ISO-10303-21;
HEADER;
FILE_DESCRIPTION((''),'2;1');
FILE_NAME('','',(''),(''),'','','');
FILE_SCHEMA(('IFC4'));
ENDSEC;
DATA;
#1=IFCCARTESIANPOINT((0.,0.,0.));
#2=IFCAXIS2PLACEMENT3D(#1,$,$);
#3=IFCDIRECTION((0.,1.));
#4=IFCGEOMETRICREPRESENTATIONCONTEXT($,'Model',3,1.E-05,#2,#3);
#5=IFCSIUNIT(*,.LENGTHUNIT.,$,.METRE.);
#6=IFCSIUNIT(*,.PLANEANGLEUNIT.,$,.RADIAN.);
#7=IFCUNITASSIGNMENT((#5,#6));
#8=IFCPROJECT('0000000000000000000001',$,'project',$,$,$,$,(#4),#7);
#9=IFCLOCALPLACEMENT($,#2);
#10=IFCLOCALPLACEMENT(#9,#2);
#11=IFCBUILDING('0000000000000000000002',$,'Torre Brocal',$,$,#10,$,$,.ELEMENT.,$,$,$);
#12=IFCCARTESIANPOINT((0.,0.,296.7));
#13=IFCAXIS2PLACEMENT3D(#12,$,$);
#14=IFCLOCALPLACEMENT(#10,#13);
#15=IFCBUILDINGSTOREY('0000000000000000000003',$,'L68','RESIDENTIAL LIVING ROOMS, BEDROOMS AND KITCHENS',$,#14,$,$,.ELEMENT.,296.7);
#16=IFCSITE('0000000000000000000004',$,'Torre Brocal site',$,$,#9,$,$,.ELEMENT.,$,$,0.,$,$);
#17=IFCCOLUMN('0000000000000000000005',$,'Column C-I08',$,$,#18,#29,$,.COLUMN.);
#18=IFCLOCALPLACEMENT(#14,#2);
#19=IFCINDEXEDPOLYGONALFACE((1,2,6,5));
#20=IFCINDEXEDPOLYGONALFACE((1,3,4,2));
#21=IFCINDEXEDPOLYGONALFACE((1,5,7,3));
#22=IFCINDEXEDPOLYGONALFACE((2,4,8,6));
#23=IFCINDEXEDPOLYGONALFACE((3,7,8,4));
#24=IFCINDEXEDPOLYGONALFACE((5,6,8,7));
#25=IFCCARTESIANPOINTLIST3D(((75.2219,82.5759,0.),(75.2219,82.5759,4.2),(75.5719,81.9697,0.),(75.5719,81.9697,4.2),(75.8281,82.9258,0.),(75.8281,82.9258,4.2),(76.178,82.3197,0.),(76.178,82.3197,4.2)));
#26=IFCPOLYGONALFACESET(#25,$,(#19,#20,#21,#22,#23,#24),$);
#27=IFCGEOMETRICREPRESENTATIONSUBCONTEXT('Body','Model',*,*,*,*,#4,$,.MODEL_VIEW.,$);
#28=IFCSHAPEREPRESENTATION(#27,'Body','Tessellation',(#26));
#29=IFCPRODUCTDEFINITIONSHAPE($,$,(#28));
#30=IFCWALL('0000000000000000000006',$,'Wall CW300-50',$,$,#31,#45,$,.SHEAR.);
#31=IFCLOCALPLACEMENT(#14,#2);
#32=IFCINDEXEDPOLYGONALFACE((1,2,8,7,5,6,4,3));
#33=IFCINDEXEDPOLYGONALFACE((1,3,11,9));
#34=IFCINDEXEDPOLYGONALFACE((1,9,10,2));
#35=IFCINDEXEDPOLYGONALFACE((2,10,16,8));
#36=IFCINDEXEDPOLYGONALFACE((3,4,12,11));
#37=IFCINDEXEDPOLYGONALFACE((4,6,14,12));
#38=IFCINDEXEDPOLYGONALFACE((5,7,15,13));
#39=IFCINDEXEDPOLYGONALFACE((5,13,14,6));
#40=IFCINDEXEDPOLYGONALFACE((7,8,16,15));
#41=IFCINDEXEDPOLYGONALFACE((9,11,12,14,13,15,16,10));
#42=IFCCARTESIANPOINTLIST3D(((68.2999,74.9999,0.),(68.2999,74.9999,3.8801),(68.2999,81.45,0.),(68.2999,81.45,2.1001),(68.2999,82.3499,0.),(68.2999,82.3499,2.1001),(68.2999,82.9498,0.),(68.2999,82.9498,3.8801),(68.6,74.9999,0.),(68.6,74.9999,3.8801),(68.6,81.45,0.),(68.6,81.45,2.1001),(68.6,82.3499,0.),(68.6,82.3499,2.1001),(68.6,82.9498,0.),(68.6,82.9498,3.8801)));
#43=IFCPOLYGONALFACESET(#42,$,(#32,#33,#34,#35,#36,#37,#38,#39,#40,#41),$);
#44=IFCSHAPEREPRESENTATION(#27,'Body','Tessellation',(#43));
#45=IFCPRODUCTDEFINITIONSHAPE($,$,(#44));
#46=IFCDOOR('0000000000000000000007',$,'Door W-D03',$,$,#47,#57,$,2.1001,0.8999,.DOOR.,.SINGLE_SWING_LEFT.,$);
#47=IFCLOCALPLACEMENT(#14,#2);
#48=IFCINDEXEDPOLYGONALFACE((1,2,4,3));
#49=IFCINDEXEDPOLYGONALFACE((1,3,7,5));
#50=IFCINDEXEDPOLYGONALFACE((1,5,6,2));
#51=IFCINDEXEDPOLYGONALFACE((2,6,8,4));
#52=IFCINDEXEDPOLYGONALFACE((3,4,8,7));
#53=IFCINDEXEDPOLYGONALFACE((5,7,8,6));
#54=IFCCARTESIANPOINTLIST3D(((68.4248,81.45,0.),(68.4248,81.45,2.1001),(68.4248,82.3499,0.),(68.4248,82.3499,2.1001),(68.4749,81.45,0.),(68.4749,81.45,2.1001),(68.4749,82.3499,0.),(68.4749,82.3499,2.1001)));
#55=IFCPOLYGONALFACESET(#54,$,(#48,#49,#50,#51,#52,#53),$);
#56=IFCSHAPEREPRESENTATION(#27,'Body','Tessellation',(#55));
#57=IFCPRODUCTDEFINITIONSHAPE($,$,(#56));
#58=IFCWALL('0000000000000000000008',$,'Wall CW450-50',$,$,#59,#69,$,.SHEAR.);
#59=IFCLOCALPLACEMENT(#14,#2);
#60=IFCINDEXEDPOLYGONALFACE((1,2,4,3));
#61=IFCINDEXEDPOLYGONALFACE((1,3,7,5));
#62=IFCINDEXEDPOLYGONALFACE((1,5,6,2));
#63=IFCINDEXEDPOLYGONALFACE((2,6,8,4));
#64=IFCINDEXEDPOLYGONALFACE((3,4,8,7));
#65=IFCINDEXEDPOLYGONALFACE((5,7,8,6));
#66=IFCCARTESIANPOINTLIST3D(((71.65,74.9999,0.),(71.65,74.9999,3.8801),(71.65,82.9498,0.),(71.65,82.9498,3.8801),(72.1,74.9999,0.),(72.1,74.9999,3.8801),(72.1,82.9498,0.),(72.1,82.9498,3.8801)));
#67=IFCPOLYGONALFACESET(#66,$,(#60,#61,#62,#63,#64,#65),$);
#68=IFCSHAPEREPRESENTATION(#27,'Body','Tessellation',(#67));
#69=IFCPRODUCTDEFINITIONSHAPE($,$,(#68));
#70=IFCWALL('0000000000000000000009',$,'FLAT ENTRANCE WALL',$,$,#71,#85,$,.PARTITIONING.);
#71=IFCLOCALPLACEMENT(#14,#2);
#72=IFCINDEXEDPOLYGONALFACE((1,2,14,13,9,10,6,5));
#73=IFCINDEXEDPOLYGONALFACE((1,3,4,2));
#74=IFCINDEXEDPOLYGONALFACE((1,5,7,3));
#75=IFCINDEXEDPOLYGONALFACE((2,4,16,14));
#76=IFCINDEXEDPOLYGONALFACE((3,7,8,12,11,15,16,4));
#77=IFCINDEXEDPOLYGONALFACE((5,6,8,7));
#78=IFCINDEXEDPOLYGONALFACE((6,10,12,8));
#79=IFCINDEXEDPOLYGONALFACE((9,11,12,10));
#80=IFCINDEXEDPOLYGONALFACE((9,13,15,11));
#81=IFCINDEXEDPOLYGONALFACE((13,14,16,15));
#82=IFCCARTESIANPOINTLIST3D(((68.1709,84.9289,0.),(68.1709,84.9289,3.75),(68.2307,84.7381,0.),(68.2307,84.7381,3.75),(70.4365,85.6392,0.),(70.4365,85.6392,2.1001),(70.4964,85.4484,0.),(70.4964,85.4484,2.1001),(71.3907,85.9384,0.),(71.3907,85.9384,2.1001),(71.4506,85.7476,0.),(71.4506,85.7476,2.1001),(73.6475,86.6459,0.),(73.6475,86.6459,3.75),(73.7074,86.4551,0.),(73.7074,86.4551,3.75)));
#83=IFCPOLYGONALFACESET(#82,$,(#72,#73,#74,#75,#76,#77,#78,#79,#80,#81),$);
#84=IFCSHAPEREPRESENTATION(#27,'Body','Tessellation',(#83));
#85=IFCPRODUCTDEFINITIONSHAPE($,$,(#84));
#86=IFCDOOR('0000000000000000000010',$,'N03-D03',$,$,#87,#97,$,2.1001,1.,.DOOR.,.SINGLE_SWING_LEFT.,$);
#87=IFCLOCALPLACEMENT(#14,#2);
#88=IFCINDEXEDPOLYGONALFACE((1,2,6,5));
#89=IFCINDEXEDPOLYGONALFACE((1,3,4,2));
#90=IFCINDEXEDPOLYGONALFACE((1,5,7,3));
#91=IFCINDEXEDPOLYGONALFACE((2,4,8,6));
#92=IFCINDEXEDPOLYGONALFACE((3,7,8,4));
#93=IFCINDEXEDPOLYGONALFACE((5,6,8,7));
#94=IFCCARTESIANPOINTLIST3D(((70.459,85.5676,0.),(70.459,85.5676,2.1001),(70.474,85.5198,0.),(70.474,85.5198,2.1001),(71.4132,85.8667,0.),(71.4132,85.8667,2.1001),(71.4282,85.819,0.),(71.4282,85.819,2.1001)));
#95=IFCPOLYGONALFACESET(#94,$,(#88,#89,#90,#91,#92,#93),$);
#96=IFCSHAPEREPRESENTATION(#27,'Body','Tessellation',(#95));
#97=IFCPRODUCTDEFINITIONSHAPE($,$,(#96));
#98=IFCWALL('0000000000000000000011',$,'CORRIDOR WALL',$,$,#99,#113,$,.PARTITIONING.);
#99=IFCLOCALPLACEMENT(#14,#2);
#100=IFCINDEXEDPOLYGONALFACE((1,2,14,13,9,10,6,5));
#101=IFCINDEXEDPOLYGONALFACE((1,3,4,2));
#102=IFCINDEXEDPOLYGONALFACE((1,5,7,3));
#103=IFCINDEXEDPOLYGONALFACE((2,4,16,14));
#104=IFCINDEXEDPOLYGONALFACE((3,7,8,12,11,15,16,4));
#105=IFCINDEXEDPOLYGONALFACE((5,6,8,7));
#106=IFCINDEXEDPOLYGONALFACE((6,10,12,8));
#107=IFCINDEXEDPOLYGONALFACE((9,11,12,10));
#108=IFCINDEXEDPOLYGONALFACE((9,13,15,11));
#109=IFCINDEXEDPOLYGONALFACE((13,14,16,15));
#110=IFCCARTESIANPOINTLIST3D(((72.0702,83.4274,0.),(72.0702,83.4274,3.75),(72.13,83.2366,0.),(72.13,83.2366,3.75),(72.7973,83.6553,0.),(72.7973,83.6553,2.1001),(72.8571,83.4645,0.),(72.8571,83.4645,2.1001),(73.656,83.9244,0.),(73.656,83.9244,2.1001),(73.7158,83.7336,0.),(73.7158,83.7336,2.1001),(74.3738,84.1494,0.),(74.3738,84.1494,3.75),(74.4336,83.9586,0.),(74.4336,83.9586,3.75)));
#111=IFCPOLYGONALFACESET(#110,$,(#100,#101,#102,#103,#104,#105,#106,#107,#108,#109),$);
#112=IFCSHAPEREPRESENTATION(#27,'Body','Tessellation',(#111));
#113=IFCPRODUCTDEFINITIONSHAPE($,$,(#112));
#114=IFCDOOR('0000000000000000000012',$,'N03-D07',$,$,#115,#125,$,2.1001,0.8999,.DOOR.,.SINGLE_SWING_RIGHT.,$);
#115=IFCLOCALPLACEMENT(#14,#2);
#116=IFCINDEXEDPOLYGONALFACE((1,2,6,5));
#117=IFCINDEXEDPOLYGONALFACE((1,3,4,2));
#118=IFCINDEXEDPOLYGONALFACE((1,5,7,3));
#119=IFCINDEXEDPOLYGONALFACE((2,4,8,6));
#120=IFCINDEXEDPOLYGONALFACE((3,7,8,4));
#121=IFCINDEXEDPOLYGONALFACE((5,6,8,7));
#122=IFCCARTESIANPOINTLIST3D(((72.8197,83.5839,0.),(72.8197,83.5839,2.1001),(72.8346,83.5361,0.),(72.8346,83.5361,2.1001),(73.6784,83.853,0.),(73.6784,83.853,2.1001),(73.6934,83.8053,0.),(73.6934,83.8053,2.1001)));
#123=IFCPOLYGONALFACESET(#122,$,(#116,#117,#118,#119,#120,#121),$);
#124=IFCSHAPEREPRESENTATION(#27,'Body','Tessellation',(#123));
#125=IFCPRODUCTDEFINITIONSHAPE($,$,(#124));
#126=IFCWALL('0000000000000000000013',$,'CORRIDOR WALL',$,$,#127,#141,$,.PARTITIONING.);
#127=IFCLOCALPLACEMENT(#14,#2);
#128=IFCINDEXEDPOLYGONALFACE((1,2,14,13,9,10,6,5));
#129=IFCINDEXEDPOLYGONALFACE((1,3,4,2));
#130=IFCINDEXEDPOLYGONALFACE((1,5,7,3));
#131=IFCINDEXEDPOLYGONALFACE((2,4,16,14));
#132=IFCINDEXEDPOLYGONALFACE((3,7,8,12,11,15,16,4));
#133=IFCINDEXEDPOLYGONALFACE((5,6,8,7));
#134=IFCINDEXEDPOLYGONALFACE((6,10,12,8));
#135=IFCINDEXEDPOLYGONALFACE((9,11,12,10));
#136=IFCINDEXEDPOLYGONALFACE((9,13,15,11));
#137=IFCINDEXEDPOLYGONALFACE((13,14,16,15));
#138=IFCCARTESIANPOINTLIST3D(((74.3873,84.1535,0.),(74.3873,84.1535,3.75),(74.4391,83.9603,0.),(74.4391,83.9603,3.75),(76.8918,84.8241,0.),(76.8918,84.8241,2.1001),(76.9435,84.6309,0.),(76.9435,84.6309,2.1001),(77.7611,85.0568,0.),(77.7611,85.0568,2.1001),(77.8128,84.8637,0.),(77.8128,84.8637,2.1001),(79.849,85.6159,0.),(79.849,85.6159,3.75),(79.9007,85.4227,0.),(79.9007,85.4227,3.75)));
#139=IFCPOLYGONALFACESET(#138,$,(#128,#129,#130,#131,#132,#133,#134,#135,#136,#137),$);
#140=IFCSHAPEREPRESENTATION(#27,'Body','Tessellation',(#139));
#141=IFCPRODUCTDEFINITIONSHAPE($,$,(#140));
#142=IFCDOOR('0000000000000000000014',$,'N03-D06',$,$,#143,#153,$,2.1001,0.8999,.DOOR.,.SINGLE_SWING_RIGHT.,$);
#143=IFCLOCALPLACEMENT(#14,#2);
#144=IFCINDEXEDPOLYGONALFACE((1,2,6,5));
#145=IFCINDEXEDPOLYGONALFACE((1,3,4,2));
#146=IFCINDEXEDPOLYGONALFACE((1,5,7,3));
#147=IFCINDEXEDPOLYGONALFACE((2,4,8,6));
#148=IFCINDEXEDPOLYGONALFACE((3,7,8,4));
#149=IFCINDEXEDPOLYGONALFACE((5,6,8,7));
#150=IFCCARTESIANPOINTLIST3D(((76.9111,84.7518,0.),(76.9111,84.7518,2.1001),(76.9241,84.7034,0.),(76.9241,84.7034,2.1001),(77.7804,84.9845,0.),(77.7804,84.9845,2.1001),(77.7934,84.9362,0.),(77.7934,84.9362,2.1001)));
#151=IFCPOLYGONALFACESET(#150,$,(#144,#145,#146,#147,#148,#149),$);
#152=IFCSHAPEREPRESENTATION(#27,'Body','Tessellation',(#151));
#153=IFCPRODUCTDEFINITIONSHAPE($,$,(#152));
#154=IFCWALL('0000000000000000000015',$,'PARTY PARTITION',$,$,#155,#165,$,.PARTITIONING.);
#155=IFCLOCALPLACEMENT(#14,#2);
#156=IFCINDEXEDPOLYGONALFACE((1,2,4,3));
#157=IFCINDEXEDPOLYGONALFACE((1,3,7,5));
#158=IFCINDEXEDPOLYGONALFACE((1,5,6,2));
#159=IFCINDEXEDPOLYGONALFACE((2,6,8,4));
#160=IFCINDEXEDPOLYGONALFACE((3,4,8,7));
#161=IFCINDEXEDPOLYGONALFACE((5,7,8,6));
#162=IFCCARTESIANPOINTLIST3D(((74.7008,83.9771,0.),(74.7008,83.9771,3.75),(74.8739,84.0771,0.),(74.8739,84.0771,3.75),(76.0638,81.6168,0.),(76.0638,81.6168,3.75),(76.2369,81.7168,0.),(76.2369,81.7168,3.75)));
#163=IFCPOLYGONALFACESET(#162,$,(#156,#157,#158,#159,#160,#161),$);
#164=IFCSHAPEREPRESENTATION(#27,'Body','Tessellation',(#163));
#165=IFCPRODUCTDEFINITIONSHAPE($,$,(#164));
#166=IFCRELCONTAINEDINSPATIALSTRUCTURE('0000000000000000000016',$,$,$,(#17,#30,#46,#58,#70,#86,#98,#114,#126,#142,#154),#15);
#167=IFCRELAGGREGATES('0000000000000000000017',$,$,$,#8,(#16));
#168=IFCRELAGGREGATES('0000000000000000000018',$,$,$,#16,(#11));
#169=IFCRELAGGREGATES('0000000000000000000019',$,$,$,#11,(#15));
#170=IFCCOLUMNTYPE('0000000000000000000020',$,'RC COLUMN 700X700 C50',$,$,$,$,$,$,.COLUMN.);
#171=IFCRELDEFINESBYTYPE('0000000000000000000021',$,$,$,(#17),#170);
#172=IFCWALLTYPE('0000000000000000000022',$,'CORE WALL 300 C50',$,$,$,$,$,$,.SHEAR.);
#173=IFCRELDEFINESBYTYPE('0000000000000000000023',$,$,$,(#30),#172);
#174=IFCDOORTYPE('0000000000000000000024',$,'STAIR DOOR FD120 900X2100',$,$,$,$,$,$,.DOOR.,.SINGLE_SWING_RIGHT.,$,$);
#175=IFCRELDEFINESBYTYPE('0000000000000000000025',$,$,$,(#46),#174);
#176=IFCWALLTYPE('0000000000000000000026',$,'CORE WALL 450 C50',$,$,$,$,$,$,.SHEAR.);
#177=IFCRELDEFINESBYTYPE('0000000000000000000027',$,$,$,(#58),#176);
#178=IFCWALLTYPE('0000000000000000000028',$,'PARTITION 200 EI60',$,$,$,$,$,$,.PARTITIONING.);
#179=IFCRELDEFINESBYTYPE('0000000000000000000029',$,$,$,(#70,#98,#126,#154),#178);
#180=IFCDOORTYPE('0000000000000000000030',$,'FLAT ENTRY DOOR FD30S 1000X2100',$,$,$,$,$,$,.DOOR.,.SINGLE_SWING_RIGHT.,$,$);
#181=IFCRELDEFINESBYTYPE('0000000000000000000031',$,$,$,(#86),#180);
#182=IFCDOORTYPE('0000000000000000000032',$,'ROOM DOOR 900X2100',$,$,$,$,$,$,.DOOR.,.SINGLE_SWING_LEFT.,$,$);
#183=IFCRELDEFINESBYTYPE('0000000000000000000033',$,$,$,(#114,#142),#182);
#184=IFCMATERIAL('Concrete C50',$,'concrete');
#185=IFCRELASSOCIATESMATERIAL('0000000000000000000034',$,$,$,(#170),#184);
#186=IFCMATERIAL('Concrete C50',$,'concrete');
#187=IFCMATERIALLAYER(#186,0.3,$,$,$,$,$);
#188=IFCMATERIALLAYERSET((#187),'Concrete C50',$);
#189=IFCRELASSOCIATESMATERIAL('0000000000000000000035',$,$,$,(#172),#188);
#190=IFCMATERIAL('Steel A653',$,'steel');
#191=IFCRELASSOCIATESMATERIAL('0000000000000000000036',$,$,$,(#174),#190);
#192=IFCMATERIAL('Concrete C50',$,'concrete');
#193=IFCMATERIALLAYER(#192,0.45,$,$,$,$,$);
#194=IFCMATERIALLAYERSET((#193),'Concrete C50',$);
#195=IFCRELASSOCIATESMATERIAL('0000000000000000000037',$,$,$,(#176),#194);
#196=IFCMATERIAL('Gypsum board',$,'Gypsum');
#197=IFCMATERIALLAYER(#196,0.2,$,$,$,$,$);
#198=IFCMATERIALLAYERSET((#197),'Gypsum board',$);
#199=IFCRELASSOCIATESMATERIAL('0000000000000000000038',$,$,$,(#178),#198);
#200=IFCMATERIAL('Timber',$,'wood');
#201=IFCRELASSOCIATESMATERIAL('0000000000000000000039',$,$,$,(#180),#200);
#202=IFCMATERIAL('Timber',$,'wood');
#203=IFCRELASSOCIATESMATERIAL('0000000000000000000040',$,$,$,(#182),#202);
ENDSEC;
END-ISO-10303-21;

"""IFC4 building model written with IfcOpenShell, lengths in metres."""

from ifc_helpers import new_model, si_unit, direction, frame, frame_2d, origin, origin_2d, place, context, subcontext, project, spatial, rectangle, extrude, material, layer, layer_set, material_profile, profile_set, type_object, element, fill, save


model = new_model("IFC4")

# Units and contexts
model_context = context("Model", 3, precision=1e-05, world=origin(), true_north=direction((0.0, 1.0)))
body_context = subcontext(model_context, "Body", "Model", "MODEL_VIEW")
ifc_project = project(units=[si_unit("LENGTHUNIT", "METRE"), si_unit("PLANEANGLEUNIT", "RADIAN")], contexts=[model_context])

# Site, building, storey
site_placement = place(None, origin())
site = spatial("IfcSite", under=ifc_project, at=site_placement, Name="Torre Brocal site", CompositionType="ELEMENT", RefElevation=0.0)
building_placement = place(site_placement, origin())
building = spatial("IfcBuilding", under=site, at=building_placement, Name="Torre Brocal", CompositionType="ELEMENT")
storey_placement = place(building_placement, frame((0.0, 0.0, 296.7)))
storey = spatial("IfcBuildingStorey", under=building, at=storey_placement, Name="L68", Description="RESIDENTIAL LIVING ROOMS, BEDROOMS AND KITCHENS", CompositionType="ELEMENT", Elevation=296.7)

# Column
ifc_material_1 = material(Name="Concrete C50", Category="concrete")
ifc_material_profile = material_profile(ifc_material_1, rectangle(XDim=0.7, YDim=0.7, at=origin_2d()), Name="RC 700X700")
ifc_profile_set = profile_set([ifc_material_profile], Name="Concrete C50")
column_type = type_object("IfcColumnType", Name="RC COLUMN 700X700 C50", PredefinedType="COLUMN", material=ifc_profile_set)
column_placement = place(storey_placement, frame((75.7, 82.4478, 0.0), z_axis=(0.0, 0.0, 1.0), x_axis=(-0.5, 0.866025, 0.0)))
element("IfcColumn", 1, at=column_placement, inside=storey, type_object=column_type, Name="Column C-I08", PredefinedType="COLUMN", context=body_context, shape_type="SweptSolid", body=[
    extrude(rectangle(XDim=0.7, YDim=0.7, at=origin_2d()), origin(), (0.0, 0.0, 1.0), 4.2),
])

# Wall, opening, door
ifc_material_2 = material(Name="Concrete C50", Category="concrete")
ifc_layer_1 = layer(ifc_material_2, 0.3)
ifc_layer_set_1 = layer_set([ifc_layer_1], Name="Concrete C50")
wall_type_1 = type_object("IfcWallType", Name="CORE WALL 300 C50", PredefinedType="SHEAR", material=ifc_layer_set_1)
wall_1_placement = place(storey_placement, frame((68.45, 82.95, 0.0), z_axis=(0.0, 0.0, 1.0), x_axis=(0.0, -1.0, 0.0)))
wall_1 = element("IfcWall", 2, at=wall_1_placement, inside=storey, type_object=wall_type_1, Name="Wall CW300-50", PredefinedType="SHEAR", context=body_context, shape_type="SweptSolid", body=[
    extrude(rectangle(XDim=7.95, YDim=0.3, at=frame_2d((3.9751, 0.0))), origin(), (0.0, 0.0, 1.0), 3.8801),
])
opening_1_placement = place(wall_1_placement, frame((0.6001, 0.0, 0.0)))
opening_1 = element("IfcOpeningElement", 3, at=opening_1_placement, cuts=wall_1, PredefinedType="OPENING", context=body_context, shape_type="SweptSolid", body=[
    extrude(rectangle(XDim=0.8999, YDim=2.1001, at=frame_2d((0.45, 1.05))), frame((0.0, 0.1599, 0.0), z_axis=(0.0, -1.0, 0.0), x_axis=(1.0, 0.0, 0.0)), (0.0, 0.0, 1.0), 0.3201),
])
ifc_material_3 = material(Name="Steel A653", Category="steel")
door_type_1 = type_object("IfcDoorType", Name="STAIR DOOR FD120 900X2100", OperationType="SINGLE_SWING_RIGHT", PredefinedType="DOOR", material=ifc_material_3)
door_1_placement = place(opening_1_placement, origin())
door_1 = element("IfcDoor", 4, at=door_1_placement, inside=storey, type_object=door_type_1, Name="Door W-D03", OperationType="SINGLE_SWING_LEFT", OverallHeight=2.1001, OverallWidth=0.8999, PredefinedType="DOOR", context=body_context, shape_type="SweptSolid", body=[
    extrude(rectangle(XDim=0.8999, YDim=2.1001, at=frame_2d((0.45, 1.05))), frame((0.0, 0.0249, 0.0), z_axis=(0.0, -1.0, 0.0), x_axis=(1.0, 0.0, 0.0)), (0.0, 0.0, 1.0), 0.05),
])
fill(opening_1, door_1)
ifc_material_4 = material(Name="Concrete C50", Category="concrete")
ifc_layer_2 = layer(ifc_material_4, 0.45)
ifc_layer_set_2 = layer_set([ifc_layer_2], Name="Concrete C50")
wall_type_2 = type_object("IfcWallType", Name="CORE WALL 450 C50", PredefinedType="SHEAR", material=ifc_layer_set_2)

# Wall
wall_2_placement = place(storey_placement, frame((71.875, 82.95, 0.0), z_axis=(0.0, 0.0, 1.0), x_axis=(0.0, -1.0, 0.0)))
element("IfcWall", 5, at=wall_2_placement, inside=storey, type_object=wall_type_2, Name="Wall CW450-50", PredefinedType="SHEAR", context=body_context, shape_type="SweptSolid", body=[
    extrude(rectangle(XDim=7.95, YDim=0.45, at=frame_2d((3.9751, 0.0))), origin(), (0.0, 0.0, 1.0), 3.8801),
])

# Walls, openings, doors
ifc_material_5 = material(Name="Gypsum board", Category="Gypsum")
ifc_layer_3 = layer(ifc_material_5, 0.2)
ifc_layer_set_3 = layer_set([ifc_layer_3], Name="Gypsum board")
wall_type_3 = type_object("IfcWallType", Name="PARTITION 200 EI60", PredefinedType="PARTITIONING", material=ifc_layer_set_3)
wall_3_placement = place(storey_placement, frame((68.2009, 84.8335, 0.0), z_axis=(0.0, 0.0, 1.0), x_axis=(0.954201, 0.299166, 0.0)))
wall_3 = element("IfcWall", 6, at=wall_3_placement, inside=storey, type_object=wall_type_3, Name="FLAT ENTRANCE WALL", PredefinedType="PARTITIONING", context=body_context, shape_type="SweptSolid", body=[
    extrude(rectangle(XDim=5.7395, YDim=0.2, at=frame_2d((2.8696, 0.0))), origin(), (0.0, 0.0, 1.0), 3.75),
])
opening_2_placement = place(wall_3_placement, frame((2.3743, 0.0, 0.0)))
opening_2 = element("IfcOpeningElement", 7, at=opening_2_placement, cuts=wall_3, PredefinedType="OPENING", context=body_context, shape_type="SweptSolid", body=[
    extrude(rectangle(XDim=1.0, YDim=2.1001, at=frame_2d((0.5, 1.05))), frame((0.0, 0.1099, 0.0), z_axis=(0.0, -1.0, 0.0), x_axis=(1.0, 0.0, 0.0)), (0.0, 0.0, 1.0), 0.22),
])
ifc_material_6 = material(Name="Timber", Category="wood")
door_type_2 = type_object("IfcDoorType", Name="FLAT ENTRY DOOR FD30S 1000X2100", OperationType="SINGLE_SWING_RIGHT", PredefinedType="DOOR", material=ifc_material_6)
door_2_placement = place(opening_2_placement, origin())
door_2 = element("IfcDoor", 8, at=door_2_placement, inside=storey, type_object=door_type_2, Name="N03-D03", OperationType="SINGLE_SWING_LEFT", OverallHeight=2.1001, OverallWidth=1.0, PredefinedType="DOOR", context=body_context, shape_type="SweptSolid", body=[
    extrude(rectangle(XDim=1.0, YDim=2.1001, at=frame_2d((0.5, 1.05))), frame((0.0, 0.0249, 0.0), z_axis=(0.0, -1.0, 0.0), x_axis=(1.0, 0.0, 0.0)), (0.0, 0.0, 1.0), 0.05),
])
fill(opening_2, door_2)
wall_4_placement = place(storey_placement, frame((72.1001, 83.332, 0.0), z_axis=(0.0, 0.0, 1.0), x_axis=(0.954233, 0.299064, 0.0)))
wall_4 = element("IfcWall", 9, at=wall_4_placement, inside=storey, type_object=wall_type_3, Name="CORRIDOR WALL", PredefinedType="PARTITIONING", context=body_context, shape_type="SweptSolid", body=[
    extrude(rectangle(XDim=2.4141, YDim=0.2, at=frame_2d((1.207, 0.0))), origin(), (0.0, 0.0, 1.0), 3.75),
])
opening_3_placement = place(wall_4_placement, frame((0.762, 0.0, 0.0)))
opening_3 = element("IfcOpeningElement", 10, at=opening_3_placement, cuts=wall_4, PredefinedType="OPENING", context=body_context, shape_type="SweptSolid", body=[
    extrude(rectangle(XDim=0.8999, YDim=2.1001, at=frame_2d((0.45, 1.05))), frame((0.0, 0.1099, 0.0), z_axis=(0.0, -1.0, 0.0), x_axis=(1.0, 0.0, 0.0)), (0.0, 0.0, 1.0), 0.22),
])
ifc_material_7 = material(Name="Timber", Category="wood")
door_type_3 = type_object("IfcDoorType", Name="ROOM DOOR 900X2100", OperationType="SINGLE_SWING_LEFT", PredefinedType="DOOR", material=ifc_material_7)
door_3_placement = place(opening_3_placement, frame((0.8999, 0.0, 0.0), z_axis=(0.0, 0.0, 1.0), x_axis=(-1.0, 0.0, 0.0)))
door_3 = element("IfcDoor", 11, at=door_3_placement, inside=storey, type_object=door_type_3, Name="N03-D07", OperationType="SINGLE_SWING_RIGHT", OverallHeight=2.1001, OverallWidth=0.8999, PredefinedType="DOOR", context=body_context, shape_type="SweptSolid", body=[
    extrude(rectangle(XDim=0.8999, YDim=2.1001, at=frame_2d((0.45, 1.05))), frame((0.0, 0.0249, 0.0), z_axis=(0.0, -1.0, 0.0), x_axis=(1.0, 0.0, 0.0)), (0.0, 0.0, 1.0), 0.05),
])
fill(opening_3, door_3)
wall_5_placement = place(storey_placement, frame((74.4131, 84.0569, 0.0), z_axis=(0.0, 0.0, 1.0), x_axis=(0.965972, 0.258646, 0.0)))
wall_5 = element("IfcWall", 12, at=wall_5_placement, inside=storey, type_object=wall_type_3, Name="CORRIDOR WALL", PredefinedType="PARTITIONING", context=body_context, shape_type="SweptSolid", body=[
    extrude(rectangle(XDim=5.6541, YDim=0.2, at=frame_2d((2.8271, 0.0))), origin(), (0.0, 0.0, 1.0), 3.75),
])
opening_4_placement = place(wall_5_placement, frame((2.5928, 0.0, 0.0)))
opening_4 = element("IfcOpeningElement", 13, at=opening_4_placement, cuts=wall_5, PredefinedType="OPENING", context=body_context, shape_type="SweptSolid", body=[
    extrude(rectangle(XDim=0.8999, YDim=2.1001, at=frame_2d((0.45, 1.05))), frame((0.0, 0.1099, 0.0), z_axis=(0.0, -1.0, 0.0), x_axis=(1.0, 0.0, 0.0)), (0.0, 0.0, 1.0), 0.22),
])
door_4_placement = place(opening_4_placement, frame((0.8999, 0.0, 0.0), z_axis=(0.0, 0.0, 1.0), x_axis=(-1.0, 0.0, 0.0)))
door_4 = element("IfcDoor", 14, at=door_4_placement, inside=storey, type_object=door_type_3, Name="N03-D06", OperationType="SINGLE_SWING_RIGHT", OverallHeight=2.1001, OverallWidth=0.8999, PredefinedType="DOOR", context=body_context, shape_type="SweptSolid", body=[
    extrude(rectangle(XDim=0.8999, YDim=2.1001, at=frame_2d((0.45, 1.05))), frame((0.0, 0.0249, 0.0), z_axis=(0.0, -1.0, 0.0), x_axis=(1.0, 0.0, 0.0)), (0.0, 0.0, 1.0), 0.05),
])
fill(opening_4, door_4)

# Wall
wall_6_placement = place(storey_placement, frame((74.7874, 84.0271, 0.0), z_axis=(0.0, 0.0, 1.0), x_axis=(0.500079, -0.86598, 0.0)))
element("IfcWall", 15, at=wall_6_placement, inside=storey, type_object=wall_type_3, Name="PARTY PARTITION", PredefinedType="PARTITIONING", context=body_context, shape_type="SweptSolid", body=[
    extrude(rectangle(XDim=2.7256, YDim=0.2, at=frame_2d((1.3628, 0.0))), origin(), (0.0, 0.0, 1.0), 3.75),
])

save(model, "model.ifc")
